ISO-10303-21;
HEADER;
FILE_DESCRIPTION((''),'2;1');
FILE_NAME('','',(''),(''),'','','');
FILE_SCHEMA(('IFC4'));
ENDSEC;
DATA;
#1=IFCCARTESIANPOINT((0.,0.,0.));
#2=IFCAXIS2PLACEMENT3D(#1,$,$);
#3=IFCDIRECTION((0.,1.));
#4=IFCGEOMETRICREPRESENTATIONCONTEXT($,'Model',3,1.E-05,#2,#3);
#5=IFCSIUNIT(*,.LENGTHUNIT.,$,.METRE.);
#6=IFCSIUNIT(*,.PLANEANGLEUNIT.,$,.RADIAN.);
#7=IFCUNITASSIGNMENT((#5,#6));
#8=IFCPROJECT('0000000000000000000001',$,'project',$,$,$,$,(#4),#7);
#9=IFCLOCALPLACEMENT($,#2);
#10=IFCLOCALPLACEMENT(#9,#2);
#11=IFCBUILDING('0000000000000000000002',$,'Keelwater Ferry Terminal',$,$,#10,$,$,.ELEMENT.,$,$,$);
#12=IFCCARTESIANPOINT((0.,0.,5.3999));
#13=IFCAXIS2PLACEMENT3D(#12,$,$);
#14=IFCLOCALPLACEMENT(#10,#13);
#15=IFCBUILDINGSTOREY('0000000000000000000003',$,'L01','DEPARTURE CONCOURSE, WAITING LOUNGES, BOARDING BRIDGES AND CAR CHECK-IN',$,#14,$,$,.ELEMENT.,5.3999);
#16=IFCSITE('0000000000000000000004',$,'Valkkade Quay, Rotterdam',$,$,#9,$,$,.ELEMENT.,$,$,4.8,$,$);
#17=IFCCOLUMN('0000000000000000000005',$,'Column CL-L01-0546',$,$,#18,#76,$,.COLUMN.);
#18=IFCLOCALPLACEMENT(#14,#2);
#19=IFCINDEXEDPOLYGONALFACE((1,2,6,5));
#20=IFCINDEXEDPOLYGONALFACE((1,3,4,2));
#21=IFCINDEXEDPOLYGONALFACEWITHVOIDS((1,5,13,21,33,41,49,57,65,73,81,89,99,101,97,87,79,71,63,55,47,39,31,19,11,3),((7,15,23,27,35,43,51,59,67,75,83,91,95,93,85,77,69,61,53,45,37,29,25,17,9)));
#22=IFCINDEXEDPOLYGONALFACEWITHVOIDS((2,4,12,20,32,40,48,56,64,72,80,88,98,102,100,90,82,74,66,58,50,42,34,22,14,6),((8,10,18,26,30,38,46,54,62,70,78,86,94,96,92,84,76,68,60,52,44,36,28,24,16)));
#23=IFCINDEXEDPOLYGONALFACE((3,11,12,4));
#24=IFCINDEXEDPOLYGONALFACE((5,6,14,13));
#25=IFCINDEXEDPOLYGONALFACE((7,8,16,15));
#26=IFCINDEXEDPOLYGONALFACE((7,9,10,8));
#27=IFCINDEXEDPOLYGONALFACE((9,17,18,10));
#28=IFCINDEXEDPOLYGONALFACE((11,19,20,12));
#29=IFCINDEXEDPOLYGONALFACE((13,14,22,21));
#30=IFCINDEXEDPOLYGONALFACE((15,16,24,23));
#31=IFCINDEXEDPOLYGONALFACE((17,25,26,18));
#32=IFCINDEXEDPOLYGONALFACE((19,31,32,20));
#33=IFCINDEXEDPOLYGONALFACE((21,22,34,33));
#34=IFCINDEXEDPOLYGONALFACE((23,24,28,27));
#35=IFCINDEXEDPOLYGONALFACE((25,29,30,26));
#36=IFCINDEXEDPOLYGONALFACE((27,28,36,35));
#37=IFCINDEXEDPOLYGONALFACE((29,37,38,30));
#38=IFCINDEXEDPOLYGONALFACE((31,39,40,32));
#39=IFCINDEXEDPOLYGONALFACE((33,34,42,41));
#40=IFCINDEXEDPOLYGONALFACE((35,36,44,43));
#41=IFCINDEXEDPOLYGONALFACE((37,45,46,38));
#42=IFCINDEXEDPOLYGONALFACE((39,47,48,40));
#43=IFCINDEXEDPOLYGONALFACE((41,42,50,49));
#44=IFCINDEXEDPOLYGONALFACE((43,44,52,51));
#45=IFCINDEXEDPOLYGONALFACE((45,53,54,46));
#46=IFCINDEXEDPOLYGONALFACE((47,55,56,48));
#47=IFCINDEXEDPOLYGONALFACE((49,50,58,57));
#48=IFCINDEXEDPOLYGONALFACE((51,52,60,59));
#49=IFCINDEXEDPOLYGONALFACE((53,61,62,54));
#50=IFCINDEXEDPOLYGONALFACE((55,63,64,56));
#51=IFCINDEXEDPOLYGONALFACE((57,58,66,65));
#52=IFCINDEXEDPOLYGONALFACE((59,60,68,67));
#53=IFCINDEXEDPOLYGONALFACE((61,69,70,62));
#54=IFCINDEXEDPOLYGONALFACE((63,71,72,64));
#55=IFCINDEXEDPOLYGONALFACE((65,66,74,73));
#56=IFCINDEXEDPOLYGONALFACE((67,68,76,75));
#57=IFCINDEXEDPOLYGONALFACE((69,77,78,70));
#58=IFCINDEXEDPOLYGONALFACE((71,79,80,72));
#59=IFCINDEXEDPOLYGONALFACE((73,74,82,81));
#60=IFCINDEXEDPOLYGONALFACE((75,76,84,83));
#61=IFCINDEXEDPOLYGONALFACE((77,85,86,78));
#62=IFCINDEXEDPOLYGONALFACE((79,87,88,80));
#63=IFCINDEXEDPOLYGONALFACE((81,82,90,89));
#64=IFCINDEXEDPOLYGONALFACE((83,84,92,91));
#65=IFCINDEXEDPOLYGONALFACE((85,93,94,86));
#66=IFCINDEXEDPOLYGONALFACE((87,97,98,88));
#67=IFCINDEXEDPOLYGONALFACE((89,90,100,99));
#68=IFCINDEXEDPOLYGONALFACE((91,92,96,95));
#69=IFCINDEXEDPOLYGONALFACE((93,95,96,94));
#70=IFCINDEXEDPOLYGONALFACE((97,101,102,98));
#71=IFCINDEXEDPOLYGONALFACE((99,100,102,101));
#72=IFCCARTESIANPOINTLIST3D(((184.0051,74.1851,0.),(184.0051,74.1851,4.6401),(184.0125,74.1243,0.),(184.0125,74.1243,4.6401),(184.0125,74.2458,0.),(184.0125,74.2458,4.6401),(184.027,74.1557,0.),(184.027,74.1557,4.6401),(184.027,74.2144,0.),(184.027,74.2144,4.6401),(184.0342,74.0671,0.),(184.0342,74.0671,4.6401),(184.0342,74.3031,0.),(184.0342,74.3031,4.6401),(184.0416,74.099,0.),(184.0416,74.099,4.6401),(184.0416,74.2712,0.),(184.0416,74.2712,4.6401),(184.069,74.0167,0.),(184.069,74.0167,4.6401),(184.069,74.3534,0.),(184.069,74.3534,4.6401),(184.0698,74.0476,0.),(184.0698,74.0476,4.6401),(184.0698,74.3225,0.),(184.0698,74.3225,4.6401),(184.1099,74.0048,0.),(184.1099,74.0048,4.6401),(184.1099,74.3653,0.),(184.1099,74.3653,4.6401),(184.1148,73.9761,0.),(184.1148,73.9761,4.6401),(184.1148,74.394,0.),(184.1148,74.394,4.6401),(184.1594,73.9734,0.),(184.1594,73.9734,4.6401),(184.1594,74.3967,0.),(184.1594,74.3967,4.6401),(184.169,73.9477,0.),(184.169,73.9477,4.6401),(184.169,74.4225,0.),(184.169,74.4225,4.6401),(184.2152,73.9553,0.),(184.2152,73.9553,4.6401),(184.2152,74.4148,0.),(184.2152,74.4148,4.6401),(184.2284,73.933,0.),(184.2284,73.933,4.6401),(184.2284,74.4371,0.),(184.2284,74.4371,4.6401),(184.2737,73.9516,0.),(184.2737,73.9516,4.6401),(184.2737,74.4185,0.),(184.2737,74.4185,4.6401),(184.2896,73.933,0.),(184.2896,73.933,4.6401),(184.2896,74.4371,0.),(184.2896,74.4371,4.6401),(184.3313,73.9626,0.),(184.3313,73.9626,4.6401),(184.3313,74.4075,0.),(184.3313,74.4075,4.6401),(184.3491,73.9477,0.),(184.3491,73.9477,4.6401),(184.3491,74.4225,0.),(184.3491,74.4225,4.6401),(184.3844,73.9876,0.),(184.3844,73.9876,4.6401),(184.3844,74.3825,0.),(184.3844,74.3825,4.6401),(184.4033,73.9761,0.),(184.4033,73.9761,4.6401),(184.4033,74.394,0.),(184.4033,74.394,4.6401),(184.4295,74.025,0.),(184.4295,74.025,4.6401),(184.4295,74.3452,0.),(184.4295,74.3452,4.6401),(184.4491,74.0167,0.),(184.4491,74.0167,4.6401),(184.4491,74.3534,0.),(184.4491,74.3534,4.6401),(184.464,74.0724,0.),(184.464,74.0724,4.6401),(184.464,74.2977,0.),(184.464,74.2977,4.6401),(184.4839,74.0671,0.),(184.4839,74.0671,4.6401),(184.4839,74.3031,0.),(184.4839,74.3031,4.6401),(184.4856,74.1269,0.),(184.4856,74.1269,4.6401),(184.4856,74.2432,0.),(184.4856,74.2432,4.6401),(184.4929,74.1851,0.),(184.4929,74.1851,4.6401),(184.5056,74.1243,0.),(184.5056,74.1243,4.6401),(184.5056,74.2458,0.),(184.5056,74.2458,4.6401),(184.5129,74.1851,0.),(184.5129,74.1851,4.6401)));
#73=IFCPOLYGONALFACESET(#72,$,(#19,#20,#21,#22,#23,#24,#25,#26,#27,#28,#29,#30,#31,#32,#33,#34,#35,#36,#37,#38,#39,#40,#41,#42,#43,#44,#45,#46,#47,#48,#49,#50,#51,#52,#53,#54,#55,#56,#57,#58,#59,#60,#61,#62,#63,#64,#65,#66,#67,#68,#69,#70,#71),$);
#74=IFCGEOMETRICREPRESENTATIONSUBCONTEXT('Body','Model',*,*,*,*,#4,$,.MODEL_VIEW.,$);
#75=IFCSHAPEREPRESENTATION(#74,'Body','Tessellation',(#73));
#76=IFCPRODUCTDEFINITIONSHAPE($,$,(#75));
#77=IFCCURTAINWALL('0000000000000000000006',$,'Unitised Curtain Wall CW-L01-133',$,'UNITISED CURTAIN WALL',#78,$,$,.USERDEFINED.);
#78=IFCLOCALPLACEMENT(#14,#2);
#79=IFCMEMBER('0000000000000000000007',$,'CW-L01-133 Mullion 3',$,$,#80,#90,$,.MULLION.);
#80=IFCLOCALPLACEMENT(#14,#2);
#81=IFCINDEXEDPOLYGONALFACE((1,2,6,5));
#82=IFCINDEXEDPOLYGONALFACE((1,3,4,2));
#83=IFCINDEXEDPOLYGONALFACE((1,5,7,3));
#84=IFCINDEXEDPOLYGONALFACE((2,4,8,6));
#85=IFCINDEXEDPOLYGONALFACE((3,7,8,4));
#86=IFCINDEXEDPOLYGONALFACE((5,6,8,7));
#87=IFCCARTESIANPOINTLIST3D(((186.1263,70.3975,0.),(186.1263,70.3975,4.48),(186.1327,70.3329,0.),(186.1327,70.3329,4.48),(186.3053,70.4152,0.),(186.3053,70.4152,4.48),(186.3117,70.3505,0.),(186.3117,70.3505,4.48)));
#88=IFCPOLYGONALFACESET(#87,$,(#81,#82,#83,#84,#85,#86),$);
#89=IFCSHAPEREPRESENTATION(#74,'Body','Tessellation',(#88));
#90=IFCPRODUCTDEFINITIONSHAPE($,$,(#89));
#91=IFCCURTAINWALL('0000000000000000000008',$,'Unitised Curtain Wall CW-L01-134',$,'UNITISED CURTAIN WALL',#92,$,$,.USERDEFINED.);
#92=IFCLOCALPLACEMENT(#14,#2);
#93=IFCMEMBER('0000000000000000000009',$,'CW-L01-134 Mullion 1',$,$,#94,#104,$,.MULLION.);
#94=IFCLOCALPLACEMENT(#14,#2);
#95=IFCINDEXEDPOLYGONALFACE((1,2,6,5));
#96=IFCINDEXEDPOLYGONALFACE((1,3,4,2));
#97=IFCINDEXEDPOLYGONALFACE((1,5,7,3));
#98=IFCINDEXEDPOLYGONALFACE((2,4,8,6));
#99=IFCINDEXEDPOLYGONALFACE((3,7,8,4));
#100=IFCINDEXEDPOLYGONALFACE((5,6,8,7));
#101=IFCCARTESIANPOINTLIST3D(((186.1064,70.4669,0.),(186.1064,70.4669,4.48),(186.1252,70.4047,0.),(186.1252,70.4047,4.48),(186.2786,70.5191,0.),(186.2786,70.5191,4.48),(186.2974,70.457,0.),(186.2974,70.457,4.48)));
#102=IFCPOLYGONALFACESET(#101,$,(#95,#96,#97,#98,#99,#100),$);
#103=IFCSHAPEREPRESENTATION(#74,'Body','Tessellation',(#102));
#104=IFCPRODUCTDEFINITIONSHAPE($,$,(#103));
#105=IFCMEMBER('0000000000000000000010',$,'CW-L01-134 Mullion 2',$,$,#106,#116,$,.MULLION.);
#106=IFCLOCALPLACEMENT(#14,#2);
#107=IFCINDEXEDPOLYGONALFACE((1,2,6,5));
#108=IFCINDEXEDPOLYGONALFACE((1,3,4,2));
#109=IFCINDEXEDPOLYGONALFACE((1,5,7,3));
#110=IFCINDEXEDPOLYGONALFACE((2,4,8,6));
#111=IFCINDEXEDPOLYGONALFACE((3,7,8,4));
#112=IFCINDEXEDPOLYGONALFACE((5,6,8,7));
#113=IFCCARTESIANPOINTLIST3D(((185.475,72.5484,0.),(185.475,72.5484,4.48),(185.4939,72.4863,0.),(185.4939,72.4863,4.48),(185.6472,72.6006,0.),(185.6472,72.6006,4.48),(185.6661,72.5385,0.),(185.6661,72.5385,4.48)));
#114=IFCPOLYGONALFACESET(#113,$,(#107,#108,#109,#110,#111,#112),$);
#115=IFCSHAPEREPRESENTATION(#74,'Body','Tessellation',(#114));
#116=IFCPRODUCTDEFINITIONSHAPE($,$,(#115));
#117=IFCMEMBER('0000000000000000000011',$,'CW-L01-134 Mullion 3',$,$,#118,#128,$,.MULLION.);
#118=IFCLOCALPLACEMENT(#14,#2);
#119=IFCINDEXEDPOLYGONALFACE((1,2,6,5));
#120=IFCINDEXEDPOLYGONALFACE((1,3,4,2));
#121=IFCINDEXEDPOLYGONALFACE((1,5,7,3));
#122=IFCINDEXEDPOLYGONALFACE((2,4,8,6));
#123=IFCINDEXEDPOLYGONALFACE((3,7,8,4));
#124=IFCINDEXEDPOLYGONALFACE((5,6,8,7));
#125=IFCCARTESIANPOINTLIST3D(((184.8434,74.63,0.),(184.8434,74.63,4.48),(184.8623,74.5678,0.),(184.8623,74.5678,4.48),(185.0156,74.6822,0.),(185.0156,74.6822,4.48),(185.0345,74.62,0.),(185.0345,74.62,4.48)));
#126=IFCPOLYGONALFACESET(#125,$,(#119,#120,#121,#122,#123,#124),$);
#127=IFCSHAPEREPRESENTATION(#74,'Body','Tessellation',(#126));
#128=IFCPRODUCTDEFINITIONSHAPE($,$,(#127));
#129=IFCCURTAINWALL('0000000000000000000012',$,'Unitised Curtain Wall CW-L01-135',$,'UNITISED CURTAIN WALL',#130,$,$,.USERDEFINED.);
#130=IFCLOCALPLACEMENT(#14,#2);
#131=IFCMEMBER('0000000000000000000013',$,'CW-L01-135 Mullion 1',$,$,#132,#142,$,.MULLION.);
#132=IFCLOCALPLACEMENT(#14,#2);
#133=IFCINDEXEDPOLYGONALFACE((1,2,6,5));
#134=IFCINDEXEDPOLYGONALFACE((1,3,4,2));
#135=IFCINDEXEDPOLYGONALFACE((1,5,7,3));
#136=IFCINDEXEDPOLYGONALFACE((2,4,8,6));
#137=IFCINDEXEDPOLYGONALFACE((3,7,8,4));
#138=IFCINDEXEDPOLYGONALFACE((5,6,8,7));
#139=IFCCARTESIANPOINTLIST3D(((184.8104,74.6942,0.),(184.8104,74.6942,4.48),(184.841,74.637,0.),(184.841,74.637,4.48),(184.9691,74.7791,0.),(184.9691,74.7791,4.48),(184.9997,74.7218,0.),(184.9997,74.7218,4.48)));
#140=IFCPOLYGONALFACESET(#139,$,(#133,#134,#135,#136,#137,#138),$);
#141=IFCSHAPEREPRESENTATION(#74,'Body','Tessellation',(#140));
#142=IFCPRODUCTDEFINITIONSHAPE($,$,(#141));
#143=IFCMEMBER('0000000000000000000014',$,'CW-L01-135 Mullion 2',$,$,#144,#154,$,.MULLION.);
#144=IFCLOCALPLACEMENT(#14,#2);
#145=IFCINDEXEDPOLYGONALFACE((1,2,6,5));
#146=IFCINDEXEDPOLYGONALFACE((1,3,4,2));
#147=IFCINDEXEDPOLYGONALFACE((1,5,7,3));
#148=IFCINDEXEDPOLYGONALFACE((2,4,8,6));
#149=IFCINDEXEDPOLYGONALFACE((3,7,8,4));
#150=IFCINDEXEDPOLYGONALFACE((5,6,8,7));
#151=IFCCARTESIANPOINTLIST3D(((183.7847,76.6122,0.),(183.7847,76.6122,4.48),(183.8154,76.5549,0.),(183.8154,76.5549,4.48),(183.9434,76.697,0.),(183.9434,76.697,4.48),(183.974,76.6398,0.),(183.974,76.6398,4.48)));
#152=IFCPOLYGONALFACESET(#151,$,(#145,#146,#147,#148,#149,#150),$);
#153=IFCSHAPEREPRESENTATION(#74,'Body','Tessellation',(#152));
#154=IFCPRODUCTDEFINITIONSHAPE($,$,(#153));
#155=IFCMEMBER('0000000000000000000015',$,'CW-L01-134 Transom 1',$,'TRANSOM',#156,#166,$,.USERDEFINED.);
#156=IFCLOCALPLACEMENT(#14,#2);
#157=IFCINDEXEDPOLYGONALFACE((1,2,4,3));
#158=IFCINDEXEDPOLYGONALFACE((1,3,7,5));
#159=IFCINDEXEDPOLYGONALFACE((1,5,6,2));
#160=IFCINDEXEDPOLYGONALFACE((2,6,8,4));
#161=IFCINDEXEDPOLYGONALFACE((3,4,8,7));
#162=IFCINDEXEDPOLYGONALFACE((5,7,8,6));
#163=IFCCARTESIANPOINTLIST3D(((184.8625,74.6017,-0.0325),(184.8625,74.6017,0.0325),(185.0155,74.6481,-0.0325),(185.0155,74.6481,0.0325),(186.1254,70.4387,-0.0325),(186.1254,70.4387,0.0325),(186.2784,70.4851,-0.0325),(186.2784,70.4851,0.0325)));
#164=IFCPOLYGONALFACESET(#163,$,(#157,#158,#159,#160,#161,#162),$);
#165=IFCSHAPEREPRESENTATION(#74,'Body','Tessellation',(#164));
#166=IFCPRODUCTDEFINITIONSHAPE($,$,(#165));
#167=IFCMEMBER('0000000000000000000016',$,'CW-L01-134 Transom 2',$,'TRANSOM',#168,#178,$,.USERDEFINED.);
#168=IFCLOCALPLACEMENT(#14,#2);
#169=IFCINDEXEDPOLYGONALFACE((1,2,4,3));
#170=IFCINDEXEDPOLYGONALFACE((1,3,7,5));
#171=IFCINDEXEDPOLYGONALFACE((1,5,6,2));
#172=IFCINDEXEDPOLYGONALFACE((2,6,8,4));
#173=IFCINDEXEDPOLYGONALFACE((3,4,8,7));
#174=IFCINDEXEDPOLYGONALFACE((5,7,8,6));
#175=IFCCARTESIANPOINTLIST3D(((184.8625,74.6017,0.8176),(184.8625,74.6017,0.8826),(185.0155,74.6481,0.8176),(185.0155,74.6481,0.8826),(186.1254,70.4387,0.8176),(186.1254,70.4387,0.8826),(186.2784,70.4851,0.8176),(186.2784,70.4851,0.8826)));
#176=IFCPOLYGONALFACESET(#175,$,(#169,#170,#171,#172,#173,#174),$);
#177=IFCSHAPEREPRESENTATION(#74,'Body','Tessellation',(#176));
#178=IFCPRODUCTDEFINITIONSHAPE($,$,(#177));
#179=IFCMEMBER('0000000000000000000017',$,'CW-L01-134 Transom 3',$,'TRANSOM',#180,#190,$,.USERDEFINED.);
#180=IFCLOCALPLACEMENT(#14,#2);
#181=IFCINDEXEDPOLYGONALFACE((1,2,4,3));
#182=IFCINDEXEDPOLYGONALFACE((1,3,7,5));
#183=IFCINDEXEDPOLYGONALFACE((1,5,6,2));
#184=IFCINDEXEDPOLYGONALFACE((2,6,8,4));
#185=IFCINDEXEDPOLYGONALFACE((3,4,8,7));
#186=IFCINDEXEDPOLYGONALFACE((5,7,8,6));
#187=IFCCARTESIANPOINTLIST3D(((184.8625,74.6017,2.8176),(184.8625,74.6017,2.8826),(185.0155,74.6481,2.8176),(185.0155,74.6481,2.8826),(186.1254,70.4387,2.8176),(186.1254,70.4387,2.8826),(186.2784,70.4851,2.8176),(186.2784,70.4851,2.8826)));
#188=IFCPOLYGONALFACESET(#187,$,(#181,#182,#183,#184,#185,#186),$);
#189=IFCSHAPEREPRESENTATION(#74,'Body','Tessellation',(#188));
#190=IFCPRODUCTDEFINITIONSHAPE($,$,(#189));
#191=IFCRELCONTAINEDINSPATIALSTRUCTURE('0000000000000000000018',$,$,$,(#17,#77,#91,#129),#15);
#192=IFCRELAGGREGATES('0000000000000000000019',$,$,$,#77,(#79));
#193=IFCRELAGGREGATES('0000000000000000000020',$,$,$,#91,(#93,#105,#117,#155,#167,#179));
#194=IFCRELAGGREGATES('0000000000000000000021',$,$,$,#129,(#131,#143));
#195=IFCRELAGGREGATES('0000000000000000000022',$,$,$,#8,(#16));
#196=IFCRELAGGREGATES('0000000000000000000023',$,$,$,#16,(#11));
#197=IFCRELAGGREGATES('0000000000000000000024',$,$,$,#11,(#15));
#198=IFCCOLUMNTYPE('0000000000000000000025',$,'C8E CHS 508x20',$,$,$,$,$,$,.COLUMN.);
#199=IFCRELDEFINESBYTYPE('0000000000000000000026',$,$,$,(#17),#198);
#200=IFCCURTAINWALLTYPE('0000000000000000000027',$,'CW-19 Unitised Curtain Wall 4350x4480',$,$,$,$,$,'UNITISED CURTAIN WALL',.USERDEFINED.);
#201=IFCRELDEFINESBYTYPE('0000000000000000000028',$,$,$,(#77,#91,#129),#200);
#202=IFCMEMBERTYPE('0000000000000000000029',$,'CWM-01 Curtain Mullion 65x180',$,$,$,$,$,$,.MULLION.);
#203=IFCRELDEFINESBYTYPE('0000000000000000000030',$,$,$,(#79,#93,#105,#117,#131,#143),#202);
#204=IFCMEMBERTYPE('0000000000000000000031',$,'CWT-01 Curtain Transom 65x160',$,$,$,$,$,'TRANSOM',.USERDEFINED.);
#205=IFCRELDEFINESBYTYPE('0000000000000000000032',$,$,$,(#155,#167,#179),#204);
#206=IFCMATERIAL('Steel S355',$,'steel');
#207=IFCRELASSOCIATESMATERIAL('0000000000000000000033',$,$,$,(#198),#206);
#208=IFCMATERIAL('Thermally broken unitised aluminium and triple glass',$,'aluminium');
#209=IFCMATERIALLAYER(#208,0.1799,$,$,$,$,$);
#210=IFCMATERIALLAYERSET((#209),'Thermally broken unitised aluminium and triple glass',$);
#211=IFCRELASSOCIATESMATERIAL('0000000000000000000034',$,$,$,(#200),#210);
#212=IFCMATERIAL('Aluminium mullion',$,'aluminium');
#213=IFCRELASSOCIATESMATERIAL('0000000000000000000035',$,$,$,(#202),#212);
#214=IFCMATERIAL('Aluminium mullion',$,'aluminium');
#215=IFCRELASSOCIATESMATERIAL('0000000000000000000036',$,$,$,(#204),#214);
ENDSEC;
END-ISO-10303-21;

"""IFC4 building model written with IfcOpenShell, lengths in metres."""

from ifc_helpers import new_model, si_unit, direction, frame, origin, origin_2d, place, context, subcontext, project, spatial, rectangle, hollow_circle, extrude, material, layer, layer_set, material_profile, profile_set, type_object, element, aggregate, save


model = new_model("IFC4")

# Units and contexts
model_context = context("Model", 3, precision=1e-05, world=origin(), true_north=direction((0.0, 1.0)))
body_context = subcontext(model_context, "Body", "Model", "MODEL_VIEW")
ifc_project = project(units=[si_unit("LENGTHUNIT", "METRE"), si_unit("PLANEANGLEUNIT", "RADIAN")], contexts=[model_context])

# Site, building, storey
site_placement = place(None, origin())
site = spatial("IfcSite", under=ifc_project, at=site_placement, Name="Valkkade Quay, Rotterdam", CompositionType="ELEMENT", RefElevation=4.8)
building_placement = place(site_placement, origin())
building = spatial("IfcBuilding", under=site, at=building_placement, Name="Keelwater Ferry Terminal", CompositionType="ELEMENT")
storey_placement = place(building_placement, frame((0.0, 0.0, 5.3999)))
storey = spatial("IfcBuildingStorey", under=building, at=storey_placement, Name="L01", Description="DEPARTURE CONCOURSE, WAITING LOUNGES, BOARDING BRIDGES AND CAR CHECK-IN", CompositionType="ELEMENT", Elevation=5.3999)

# Column
ifc_material_1 = material(Name="Steel S355", Category="steel")
ifc_material_profile_1 = material_profile(ifc_material_1, hollow_circle(Radius=0.2539, WallThickness=0.02, at=origin_2d()), Name="CHS 508x20")
ifc_profile_set_1 = profile_set([ifc_material_profile_1], Name="Steel S355")
column_type = type_object("IfcColumnType", Name="C8E CHS 508x20", PredefinedType="COLUMN", material=ifc_profile_set_1)
column_placement = place(storey_placement, frame((184.259, 74.1851, 0.0), z_axis=(0.0, 0.0, 1.0), x_axis=(1.0, 0.0, 0.0)))
element("IfcColumn", 1, at=column_placement, inside=storey, type_object=column_type, Name="Column CL-L01-0546", PredefinedType="COLUMN", context=body_context, shape_type="SweptSolid", body=[
    extrude(hollow_circle(Radius=0.2539, WallThickness=0.02, at=origin_2d()), origin(), (0.0, 0.0, 1.0), 4.6401),
])

# Curtain wall, member
ifc_material_2 = material(Name="Thermally broken unitised aluminium and triple glass", Category="aluminium")
ifc_layer_1 = layer(ifc_material_2, 0.1799)
ifc_layer_set_1 = layer_set([ifc_layer_1], Name="Thermally broken unitised aluminium and triple glass")
curtain_wall_type = type_object("IfcCurtainWallType", Name="CW-19 Unitised Curtain Wall 4350x4480", ElementType="UNITISED CURTAIN WALL", PredefinedType="USERDEFINED", material=ifc_layer_set_1)
curtain_wall_1_placement = place(storey_placement, origin())
curtain_wall_1 = element("IfcCurtainWall", 2, at=curtain_wall_1_placement, inside=storey, type_object=curtain_wall_type, Name="Unitised Curtain Wall CW-L01-133", ObjectType="UNITISED CURTAIN WALL", PredefinedType="USERDEFINED")
ifc_material_3 = material(Name="Aluminium mullion", Category="aluminium")
ifc_material_profile_2 = material_profile(ifc_material_3, rectangle(XDim=0.0649, YDim=0.1799, at=origin_2d()), Name="CWM-01")
ifc_profile_set_2 = profile_set([ifc_material_profile_2], Name="Aluminium mullion")
member_type_1 = type_object("IfcMemberType", Name="CWM-01 Curtain Mullion 65x180", PredefinedType="MULLION", material=ifc_profile_set_2)
member_1_placement = place(storey_placement, frame((186.219, 70.374, 0.0), z_axis=(0.0, 0.0, 1.0), x_axis=(-0.098161, 0.995171, 0.0)))
member_1 = element("IfcMember", 3, at=member_1_placement, type_object=member_type_1, Name="CW-L01-133 Mullion 3", PredefinedType="MULLION", context=body_context, shape_type="SweptSolid", body=[
    extrude(rectangle(XDim=0.0649, YDim=0.1799, at=origin_2d()), origin(), (0.0, 0.0, 1.0), 4.48),
])
aggregate(curtain_wall_1, [member_1])

# Curtain walls, members
curtain_wall_2_placement = place(storey_placement, origin())
curtain_wall_2 = element("IfcCurtainWall", 4, at=curtain_wall_2_placement, inside=storey, type_object=curtain_wall_type, Name="Unitised Curtain Wall CW-L01-134", ObjectType="UNITISED CURTAIN WALL", PredefinedType="USERDEFINED")
member_2_placement = place(storey_placement, frame((186.2019, 70.4619, 0.0), z_axis=(0.0, 0.0, 1.0), x_axis=(-0.29032, 0.95693, 0.0)))
member_2 = element("IfcMember", 5, at=member_2_placement, type_object=member_type_1, Name="CW-L01-134 Mullion 1", PredefinedType="MULLION", context=body_context, shape_type="SweptSolid", body=[
    extrude(rectangle(XDim=0.0649, YDim=0.1799, at=origin_2d()), origin(), (0.0, 0.0, 1.0), 4.48),
])
member_3_placement = place(storey_placement, frame((185.5706, 72.5435, 0.0), z_axis=(0.0, 0.0, 1.0), x_axis=(-0.29032, 0.95693, 0.0)))
member_3 = element("IfcMember", 6, at=member_3_placement, type_object=member_type_1, Name="CW-L01-134 Mullion 2", PredefinedType="MULLION", context=body_context, shape_type="SweptSolid", body=[
    extrude(rectangle(XDim=0.0649, YDim=0.1799, at=origin_2d()), origin(), (0.0, 0.0, 1.0), 4.48),
])
member_4_placement = place(storey_placement, frame((184.939, 74.625, 0.0), z_axis=(0.0, 0.0, 1.0), x_axis=(-0.29032, 0.95693, 0.0)))
member_4 = element("IfcMember", 7, at=member_4_placement, type_object=member_type_1, Name="CW-L01-134 Mullion 3", PredefinedType="MULLION", context=body_context, shape_type="SweptSolid", body=[
    extrude(rectangle(XDim=0.0649, YDim=0.1799, at=origin_2d()), origin(), (0.0, 0.0, 1.0), 4.48),
])
curtain_wall_3_placement = place(storey_placement, origin())
curtain_wall_3 = element("IfcCurtainWall", 8, at=curtain_wall_3_placement, inside=storey, type_object=curtain_wall_type, Name="Unitised Curtain Wall CW-L01-135", ObjectType="UNITISED CURTAIN WALL", PredefinedType="USERDEFINED")
member_5_placement = place(storey_placement, frame((184.905, 74.708, 0.0), z_axis=(0.0, 0.0, 1.0), x_axis=(-0.471507, 0.881862, 0.0)))
member_5 = element("IfcMember", 9, at=member_5_placement, type_object=member_type_1, Name="CW-L01-135 Mullion 1", PredefinedType="MULLION", context=body_context, shape_type="SweptSolid", body=[
    extrude(rectangle(XDim=0.0649, YDim=0.1799, at=origin_2d()), origin(), (0.0, 0.0, 1.0), 4.48),
])
member_6_placement = place(storey_placement, frame((183.8794, 76.626, 0.0), z_axis=(0.0, 0.0, 1.0), x_axis=(-0.471507, 0.881862, 0.0)))
member_6 = element("IfcMember", 10, at=member_6_placement, type_object=member_type_1, Name="CW-L01-135 Mullion 2", PredefinedType="MULLION", context=body_context, shape_type="SweptSolid", body=[
    extrude(rectangle(XDim=0.0649, YDim=0.1799, at=origin_2d()), origin(), (0.0, 0.0, 1.0), 4.48),
])

# Members
ifc_material_4 = material(Name="Aluminium mullion", Category="aluminium")
ifc_material_profile_3 = material_profile(ifc_material_4, rectangle(XDim=0.1599, YDim=0.0649, at=origin_2d()), Name="CWT-01")
ifc_profile_set_3 = profile_set([ifc_material_profile_3], Name="Aluminium mullion")
member_type_2 = type_object("IfcMemberType", Name="CWT-01 Curtain Transom 65x160", ElementType="TRANSOM", PredefinedType="USERDEFINED", material=ifc_profile_set_3)
member_7_placement = place(storey_placement, frame((186.2019, 70.4619, 0.0), z_axis=(-0.290302, 0.956935, 0.0), x_axis=(-0.956935, -0.290302, 0.0)))
member_7 = element("IfcMember", 11, at=member_7_placement, type_object=member_type_2, Name="CW-L01-134 Transom 1", ObjectType="TRANSOM", PredefinedType="USERDEFINED", context=body_context, shape_type="SweptSolid", body=[
    extrude(rectangle(XDim=0.1599, YDim=0.0649, at=origin_2d()), origin(), (0.0, 0.0, 1.0), 4.3503),
])
member_8_placement = place(storey_placement, frame((186.2019, 70.4619, 0.8501), z_axis=(-0.290302, 0.956935, 0.0), x_axis=(-0.956935, -0.290302, 0.0)))
member_8 = element("IfcMember", 12, at=member_8_placement, type_object=member_type_2, Name="CW-L01-134 Transom 2", ObjectType="TRANSOM", PredefinedType="USERDEFINED", context=body_context, shape_type="SweptSolid", body=[
    extrude(rectangle(XDim=0.1599, YDim=0.0649, at=origin_2d()), origin(), (0.0, 0.0, 1.0), 4.3503),
])
member_9_placement = place(storey_placement, frame((186.2019, 70.4619, 2.8501), z_axis=(-0.290302, 0.956935, 0.0), x_axis=(-0.956935, -0.290302, 0.0)))
member_9 = element("IfcMember", 13, at=member_9_placement, type_object=member_type_2, Name="CW-L01-134 Transom 3", ObjectType="TRANSOM", PredefinedType="USERDEFINED", context=body_context, shape_type="SweptSolid", body=[
    extrude(rectangle(XDim=0.1599, YDim=0.0649, at=origin_2d()), origin(), (0.0, 0.0, 1.0), 4.3503),
])

aggregate(curtain_wall_2, [member_2, member_3, member_4, member_7, member_8, member_9])
aggregate(curtain_wall_3, [member_5, member_6])

save(model, "model.ifc")
